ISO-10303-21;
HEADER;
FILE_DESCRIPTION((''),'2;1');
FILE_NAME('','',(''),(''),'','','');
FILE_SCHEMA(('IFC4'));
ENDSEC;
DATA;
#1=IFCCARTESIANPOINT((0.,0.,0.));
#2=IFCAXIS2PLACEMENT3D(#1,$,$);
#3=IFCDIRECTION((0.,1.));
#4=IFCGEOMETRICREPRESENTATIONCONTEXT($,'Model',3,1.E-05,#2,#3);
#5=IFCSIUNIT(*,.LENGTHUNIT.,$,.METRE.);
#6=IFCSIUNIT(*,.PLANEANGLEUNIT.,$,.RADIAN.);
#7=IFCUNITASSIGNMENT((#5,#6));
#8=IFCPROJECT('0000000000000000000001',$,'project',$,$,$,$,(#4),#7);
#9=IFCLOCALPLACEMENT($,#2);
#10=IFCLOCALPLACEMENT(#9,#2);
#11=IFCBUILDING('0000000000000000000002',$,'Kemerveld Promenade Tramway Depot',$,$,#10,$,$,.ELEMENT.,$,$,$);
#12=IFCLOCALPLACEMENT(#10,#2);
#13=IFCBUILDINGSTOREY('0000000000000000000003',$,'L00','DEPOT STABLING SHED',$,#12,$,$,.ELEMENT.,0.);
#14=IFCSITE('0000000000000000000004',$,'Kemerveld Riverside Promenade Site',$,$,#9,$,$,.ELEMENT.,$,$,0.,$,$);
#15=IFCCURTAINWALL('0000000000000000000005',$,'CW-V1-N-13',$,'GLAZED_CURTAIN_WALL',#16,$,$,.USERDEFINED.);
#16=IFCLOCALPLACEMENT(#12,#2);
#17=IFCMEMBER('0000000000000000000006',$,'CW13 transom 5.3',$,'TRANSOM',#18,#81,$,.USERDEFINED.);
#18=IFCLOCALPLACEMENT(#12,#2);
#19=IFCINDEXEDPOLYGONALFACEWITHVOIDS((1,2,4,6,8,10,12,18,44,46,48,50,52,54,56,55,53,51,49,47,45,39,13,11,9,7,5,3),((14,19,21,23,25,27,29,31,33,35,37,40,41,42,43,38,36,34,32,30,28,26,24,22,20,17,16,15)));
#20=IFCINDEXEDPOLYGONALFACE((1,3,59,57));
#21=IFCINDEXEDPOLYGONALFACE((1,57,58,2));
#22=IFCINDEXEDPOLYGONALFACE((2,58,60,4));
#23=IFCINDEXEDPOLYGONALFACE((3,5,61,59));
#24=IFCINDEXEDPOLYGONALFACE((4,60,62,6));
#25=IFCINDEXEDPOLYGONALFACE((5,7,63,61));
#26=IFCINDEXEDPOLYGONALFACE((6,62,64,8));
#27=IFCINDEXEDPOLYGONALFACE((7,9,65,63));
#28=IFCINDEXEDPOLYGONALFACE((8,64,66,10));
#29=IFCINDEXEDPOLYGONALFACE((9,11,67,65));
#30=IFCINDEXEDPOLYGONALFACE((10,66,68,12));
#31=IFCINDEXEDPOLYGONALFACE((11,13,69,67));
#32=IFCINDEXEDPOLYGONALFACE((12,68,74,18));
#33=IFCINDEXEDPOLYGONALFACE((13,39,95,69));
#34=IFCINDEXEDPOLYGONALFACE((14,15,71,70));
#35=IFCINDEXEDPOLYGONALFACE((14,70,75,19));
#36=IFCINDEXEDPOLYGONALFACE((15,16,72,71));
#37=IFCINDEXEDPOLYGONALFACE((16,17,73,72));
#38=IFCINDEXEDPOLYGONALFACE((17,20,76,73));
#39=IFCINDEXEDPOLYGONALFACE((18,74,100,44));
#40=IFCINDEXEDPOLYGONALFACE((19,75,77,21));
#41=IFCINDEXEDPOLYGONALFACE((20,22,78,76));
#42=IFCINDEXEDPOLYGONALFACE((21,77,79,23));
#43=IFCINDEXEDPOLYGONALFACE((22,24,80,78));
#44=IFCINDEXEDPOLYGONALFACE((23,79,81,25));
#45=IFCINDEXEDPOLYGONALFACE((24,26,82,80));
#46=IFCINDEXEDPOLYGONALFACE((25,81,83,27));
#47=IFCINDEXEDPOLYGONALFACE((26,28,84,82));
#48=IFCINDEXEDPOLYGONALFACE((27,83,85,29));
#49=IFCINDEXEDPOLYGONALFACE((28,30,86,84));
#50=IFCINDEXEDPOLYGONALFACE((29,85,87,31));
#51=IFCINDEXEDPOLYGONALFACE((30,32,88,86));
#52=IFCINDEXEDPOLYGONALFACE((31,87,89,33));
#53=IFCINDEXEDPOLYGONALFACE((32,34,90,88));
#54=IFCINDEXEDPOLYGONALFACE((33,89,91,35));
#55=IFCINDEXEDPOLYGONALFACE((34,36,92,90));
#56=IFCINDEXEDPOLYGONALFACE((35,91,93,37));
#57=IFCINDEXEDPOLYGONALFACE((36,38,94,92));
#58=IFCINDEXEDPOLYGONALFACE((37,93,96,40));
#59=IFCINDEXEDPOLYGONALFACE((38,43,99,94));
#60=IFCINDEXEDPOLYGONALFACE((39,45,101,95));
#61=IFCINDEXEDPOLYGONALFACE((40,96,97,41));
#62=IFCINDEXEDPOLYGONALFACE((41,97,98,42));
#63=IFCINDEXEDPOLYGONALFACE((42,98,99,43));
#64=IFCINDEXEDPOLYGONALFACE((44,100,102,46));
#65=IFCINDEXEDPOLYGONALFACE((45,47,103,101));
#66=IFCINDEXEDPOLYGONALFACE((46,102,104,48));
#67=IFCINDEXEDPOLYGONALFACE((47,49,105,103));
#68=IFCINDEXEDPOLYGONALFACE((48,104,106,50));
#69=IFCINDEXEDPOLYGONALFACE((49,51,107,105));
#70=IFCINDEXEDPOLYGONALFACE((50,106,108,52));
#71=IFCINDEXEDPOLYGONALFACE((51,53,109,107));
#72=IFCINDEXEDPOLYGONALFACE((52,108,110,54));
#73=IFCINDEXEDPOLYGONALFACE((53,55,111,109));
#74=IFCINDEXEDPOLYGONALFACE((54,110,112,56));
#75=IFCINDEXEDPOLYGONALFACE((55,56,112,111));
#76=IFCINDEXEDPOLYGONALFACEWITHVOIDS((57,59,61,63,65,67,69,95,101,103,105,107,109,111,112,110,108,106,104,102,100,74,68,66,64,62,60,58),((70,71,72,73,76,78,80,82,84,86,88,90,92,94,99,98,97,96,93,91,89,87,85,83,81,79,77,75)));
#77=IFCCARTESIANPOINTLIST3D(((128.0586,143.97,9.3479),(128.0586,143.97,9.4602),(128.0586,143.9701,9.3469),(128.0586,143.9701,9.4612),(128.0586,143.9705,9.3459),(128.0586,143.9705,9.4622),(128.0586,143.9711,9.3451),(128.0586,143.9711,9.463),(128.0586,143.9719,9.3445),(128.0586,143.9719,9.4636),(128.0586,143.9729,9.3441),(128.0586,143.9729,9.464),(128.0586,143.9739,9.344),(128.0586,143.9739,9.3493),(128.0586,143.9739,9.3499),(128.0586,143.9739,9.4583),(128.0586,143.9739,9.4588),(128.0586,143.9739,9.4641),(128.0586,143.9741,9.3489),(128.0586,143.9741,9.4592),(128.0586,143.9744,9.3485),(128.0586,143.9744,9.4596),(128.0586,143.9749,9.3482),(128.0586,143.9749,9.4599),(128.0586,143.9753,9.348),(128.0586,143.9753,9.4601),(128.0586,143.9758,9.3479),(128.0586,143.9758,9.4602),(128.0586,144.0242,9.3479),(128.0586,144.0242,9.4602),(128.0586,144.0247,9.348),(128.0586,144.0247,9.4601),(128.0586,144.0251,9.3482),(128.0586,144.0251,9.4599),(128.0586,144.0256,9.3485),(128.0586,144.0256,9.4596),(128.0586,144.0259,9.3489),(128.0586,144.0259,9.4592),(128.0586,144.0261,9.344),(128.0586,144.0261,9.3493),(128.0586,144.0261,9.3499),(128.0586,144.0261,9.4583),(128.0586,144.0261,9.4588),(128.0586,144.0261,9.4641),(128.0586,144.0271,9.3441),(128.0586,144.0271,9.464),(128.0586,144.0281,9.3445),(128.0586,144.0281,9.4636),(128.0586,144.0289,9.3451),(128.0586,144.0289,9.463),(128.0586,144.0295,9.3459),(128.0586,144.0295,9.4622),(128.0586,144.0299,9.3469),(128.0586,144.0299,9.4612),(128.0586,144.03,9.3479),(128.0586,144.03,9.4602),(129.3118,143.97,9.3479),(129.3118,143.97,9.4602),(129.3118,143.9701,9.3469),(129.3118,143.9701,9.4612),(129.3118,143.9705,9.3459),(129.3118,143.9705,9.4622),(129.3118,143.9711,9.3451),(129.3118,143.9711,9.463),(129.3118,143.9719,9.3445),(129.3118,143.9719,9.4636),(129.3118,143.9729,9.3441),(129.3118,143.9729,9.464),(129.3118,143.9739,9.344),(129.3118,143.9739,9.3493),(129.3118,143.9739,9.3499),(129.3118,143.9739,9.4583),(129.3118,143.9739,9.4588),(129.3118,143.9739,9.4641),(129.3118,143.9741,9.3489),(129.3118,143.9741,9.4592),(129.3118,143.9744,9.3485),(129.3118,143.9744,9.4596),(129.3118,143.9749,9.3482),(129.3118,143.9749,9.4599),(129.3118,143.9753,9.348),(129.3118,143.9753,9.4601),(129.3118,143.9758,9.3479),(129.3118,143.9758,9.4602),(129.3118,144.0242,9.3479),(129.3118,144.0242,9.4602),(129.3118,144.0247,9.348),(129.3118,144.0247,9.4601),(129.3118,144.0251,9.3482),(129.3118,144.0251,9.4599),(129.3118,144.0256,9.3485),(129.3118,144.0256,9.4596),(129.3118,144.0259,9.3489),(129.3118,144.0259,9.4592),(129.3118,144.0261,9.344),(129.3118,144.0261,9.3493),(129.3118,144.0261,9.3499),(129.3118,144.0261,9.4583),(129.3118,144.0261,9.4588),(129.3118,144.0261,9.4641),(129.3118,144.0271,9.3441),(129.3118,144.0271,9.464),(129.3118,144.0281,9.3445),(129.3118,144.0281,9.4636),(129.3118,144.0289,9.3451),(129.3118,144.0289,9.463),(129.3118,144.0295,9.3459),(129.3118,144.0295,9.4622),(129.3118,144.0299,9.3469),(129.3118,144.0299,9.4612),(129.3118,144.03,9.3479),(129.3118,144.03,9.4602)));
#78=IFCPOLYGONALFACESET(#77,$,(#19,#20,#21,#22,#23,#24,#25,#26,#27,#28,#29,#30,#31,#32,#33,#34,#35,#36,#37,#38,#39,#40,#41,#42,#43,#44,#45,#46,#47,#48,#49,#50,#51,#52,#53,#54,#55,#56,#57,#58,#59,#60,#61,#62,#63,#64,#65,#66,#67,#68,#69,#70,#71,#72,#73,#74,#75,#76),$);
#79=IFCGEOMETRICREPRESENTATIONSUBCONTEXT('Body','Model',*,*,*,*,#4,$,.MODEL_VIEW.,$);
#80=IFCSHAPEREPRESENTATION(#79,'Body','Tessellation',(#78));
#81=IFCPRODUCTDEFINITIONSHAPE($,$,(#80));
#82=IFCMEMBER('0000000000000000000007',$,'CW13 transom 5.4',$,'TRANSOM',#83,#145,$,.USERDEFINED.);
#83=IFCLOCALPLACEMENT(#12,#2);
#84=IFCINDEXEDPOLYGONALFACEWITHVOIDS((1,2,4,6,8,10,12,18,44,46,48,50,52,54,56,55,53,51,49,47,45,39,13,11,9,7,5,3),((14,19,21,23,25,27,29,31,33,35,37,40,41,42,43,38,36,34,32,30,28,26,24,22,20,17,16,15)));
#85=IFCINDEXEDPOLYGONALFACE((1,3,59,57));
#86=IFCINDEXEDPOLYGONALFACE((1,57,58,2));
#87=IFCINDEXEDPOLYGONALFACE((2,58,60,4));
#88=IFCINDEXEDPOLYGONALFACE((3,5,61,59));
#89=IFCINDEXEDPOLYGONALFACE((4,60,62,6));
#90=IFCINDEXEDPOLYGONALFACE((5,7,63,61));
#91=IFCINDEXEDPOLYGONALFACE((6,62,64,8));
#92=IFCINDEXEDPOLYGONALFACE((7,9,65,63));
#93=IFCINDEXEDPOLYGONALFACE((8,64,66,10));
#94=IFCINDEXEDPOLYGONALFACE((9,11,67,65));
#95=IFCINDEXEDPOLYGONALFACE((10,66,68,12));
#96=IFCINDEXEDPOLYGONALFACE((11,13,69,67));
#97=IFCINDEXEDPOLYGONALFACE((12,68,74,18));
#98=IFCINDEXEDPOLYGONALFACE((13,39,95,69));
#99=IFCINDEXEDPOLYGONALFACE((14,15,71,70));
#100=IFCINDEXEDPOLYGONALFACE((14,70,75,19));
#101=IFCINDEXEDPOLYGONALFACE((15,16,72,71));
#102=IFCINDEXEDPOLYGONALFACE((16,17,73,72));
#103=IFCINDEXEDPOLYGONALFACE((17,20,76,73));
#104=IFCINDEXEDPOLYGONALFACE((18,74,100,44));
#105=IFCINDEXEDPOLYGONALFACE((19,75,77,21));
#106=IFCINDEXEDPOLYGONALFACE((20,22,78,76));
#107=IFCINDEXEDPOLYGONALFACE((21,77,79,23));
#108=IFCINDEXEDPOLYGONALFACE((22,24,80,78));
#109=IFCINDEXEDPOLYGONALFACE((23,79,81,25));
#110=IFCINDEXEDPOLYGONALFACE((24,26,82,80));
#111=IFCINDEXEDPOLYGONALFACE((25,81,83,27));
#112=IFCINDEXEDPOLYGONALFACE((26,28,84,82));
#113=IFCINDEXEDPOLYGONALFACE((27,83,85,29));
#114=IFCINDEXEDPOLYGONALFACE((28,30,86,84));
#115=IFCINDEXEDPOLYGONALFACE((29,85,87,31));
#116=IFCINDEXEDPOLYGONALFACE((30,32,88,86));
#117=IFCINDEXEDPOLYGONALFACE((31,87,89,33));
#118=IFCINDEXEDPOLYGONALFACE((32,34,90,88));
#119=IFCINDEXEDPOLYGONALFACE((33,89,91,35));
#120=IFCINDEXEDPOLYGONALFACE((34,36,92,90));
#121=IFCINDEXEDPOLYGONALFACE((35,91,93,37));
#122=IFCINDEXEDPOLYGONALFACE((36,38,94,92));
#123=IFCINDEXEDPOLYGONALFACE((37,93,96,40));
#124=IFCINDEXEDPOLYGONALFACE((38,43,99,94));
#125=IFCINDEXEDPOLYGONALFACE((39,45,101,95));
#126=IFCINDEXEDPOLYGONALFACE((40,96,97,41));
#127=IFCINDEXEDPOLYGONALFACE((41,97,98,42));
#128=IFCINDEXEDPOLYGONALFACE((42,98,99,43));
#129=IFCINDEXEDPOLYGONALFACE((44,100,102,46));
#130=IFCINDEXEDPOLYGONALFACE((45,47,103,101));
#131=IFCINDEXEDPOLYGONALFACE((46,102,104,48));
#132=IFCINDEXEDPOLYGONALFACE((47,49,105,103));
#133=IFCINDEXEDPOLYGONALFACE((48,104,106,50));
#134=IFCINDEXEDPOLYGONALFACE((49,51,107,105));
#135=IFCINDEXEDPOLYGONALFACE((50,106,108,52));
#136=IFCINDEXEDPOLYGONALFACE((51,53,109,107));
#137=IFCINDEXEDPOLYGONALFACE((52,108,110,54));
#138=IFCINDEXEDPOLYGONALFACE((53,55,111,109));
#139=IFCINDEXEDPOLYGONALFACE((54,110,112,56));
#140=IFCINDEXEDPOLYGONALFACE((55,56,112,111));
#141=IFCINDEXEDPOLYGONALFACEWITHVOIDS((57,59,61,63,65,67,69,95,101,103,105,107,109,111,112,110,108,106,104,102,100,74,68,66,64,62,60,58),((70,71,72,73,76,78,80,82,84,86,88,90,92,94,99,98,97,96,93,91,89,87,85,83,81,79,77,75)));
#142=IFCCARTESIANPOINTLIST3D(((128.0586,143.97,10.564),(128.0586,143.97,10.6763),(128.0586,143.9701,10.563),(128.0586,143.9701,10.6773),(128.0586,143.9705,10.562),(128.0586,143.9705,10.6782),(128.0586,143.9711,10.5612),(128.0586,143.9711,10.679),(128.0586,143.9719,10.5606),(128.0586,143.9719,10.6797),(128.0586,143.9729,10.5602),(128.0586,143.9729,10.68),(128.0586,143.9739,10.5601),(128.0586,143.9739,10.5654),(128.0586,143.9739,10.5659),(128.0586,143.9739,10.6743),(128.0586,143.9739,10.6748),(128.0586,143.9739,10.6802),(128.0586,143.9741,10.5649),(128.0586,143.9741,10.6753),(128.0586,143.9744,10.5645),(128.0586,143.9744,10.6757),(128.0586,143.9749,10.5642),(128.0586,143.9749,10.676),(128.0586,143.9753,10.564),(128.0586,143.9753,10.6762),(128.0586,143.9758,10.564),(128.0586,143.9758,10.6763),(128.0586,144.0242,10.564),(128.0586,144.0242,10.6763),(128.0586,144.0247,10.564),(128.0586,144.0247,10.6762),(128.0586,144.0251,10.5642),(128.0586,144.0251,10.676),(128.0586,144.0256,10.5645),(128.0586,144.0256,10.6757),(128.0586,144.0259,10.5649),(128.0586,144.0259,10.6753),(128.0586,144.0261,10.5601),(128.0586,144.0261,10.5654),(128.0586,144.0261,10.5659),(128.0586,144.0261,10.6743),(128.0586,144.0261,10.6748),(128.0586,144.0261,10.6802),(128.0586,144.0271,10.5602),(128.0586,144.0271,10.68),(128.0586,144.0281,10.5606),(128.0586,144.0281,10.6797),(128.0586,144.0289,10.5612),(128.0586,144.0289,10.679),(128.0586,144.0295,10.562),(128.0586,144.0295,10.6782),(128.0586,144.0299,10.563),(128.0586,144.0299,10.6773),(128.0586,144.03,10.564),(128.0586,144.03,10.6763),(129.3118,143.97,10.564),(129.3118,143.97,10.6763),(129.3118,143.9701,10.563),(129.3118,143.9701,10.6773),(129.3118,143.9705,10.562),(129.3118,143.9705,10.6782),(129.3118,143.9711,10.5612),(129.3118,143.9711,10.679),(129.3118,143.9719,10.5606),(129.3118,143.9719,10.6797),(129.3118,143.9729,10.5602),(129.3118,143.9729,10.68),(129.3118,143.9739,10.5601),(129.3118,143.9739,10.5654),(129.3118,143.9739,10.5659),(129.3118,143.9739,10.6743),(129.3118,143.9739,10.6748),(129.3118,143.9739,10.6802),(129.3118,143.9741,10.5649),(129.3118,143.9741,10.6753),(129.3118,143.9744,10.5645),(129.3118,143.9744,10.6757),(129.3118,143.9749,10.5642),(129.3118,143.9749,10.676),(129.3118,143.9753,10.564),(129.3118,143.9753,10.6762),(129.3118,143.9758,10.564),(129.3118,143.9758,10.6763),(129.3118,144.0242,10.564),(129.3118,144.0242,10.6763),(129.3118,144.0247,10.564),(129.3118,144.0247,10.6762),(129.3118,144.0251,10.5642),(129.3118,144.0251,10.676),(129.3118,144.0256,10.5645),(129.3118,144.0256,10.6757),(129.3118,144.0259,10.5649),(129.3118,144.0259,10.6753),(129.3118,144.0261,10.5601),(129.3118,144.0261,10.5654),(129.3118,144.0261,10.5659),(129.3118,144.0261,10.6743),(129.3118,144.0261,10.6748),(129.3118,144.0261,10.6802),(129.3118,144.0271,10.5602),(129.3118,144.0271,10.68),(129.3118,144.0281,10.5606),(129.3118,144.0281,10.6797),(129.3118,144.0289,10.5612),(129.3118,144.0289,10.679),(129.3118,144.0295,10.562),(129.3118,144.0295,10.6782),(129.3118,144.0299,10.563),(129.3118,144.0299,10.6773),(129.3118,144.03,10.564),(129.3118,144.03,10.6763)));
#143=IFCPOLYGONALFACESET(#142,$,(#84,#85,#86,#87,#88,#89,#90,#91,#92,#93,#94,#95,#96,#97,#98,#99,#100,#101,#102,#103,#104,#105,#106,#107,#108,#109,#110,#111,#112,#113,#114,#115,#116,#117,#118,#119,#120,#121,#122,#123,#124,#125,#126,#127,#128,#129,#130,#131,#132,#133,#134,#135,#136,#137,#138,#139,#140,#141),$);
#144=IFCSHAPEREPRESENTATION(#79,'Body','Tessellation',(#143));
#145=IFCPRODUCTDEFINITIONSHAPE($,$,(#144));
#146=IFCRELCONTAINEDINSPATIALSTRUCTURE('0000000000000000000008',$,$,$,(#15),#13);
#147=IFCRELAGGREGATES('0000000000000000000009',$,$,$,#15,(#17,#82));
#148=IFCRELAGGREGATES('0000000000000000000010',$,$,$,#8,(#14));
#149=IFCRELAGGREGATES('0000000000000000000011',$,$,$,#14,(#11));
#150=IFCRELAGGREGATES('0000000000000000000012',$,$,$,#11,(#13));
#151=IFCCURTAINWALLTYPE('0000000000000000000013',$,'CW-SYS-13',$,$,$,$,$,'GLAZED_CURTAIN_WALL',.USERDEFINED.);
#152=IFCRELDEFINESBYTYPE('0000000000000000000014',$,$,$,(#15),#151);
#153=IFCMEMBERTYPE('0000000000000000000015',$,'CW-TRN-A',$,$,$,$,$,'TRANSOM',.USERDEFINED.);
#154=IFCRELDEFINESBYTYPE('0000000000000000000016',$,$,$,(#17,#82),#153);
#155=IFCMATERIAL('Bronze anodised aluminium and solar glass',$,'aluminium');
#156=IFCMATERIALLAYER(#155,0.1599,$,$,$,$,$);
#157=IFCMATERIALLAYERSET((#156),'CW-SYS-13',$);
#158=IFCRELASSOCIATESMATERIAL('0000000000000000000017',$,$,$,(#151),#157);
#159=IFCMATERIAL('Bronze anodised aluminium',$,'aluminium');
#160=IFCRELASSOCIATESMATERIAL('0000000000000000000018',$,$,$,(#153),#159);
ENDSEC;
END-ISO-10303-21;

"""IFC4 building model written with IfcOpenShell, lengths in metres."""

from ifc_helpers import new_model, si_unit, direction, frame, origin, origin_2d, place, context, subcontext, project, spatial, hollow_rectangle, extrude, material, layer, layer_set, material_profile, profile_set, type_object, element, aggregate, save


model = new_model("IFC4")

# Units and contexts
model_context = context("Model", 3, precision=1e-05, world=origin(), true_north=direction((0.0, 1.0)))
body_context = subcontext(model_context, "Body", "Model", "MODEL_VIEW")
ifc_project = project(units=[si_unit("LENGTHUNIT", "METRE"), si_unit("PLANEANGLEUNIT", "RADIAN")], contexts=[model_context])

# Site, building, storey
site_placement = place(None, origin())
site = spatial("IfcSite", under=ifc_project, at=site_placement, Name="Kemerveld Riverside Promenade Site", CompositionType="ELEMENT", RefElevation=0.0)
building_placement = place(site_placement, origin())
building = spatial("IfcBuilding", under=site, at=building_placement, Name="Kemerveld Promenade Tramway Depot", CompositionType="ELEMENT")
storey_placement = place(building_placement, origin())
storey = spatial("IfcBuildingStorey", under=building, at=storey_placement, Name="L00", Description="DEPOT STABLING SHED", CompositionType="ELEMENT", Elevation=0.0)

# Curtain wall, members
ifc_material_1 = material(Name="Bronze anodised aluminium and solar glass", Category="aluminium")
ifc_layer_1 = layer(ifc_material_1, 0.1599)
ifc_layer_set_1 = layer_set([ifc_layer_1], Name="CW-SYS-13")
curtain_wall_type_1 = type_object("IfcCurtainWallType", Name="CW-SYS-13", ElementType="GLAZED_CURTAIN_WALL", PredefinedType="USERDEFINED", material=ifc_layer_set_1)
curtain_wall_1_placement = place(storey_placement, origin())
curtain_wall_1 = element("IfcCurtainWall", 1, at=curtain_wall_1_placement, inside=storey, type_object=curtain_wall_type_1, Name="CW-V1-N-13", ObjectType="GLAZED_CURTAIN_WALL", PredefinedType="USERDEFINED")
ifc_material_2 = material(Name="Bronze anodised aluminium", Category="aluminium")
ifc_material_profile_1 = material_profile(ifc_material_2, hollow_rectangle(XDim=0.0601, YDim=0.1201, WallThickness=0.0039, InnerFilletRadius=0.002, OuterFilletRadius=0.0039, at=origin_2d()), Name="CW-TRN-120x60")
ifc_profile_set_1 = profile_set([ifc_material_profile_1], Name="Bronze anodised aluminium")
member_type_1 = type_object("IfcMemberType", Name="CW-TRN-A", ElementType="TRANSOM", PredefinedType="USERDEFINED", material=ifc_profile_set_1)
member_1_placement = place(storey_placement, frame((128.0586, 144.0, 9.4041), z_axis=(1.0, 0.0, 0.0), x_axis=(0.0, 1.0, 0.0)))
member_1 = element("IfcMember", 2, at=member_1_placement, type_object=member_type_1, Name="CW13 transom 5.3", ObjectType="TRANSOM", PredefinedType="USERDEFINED", context=body_context, shape_type="SweptSolid", body=[
    extrude(hollow_rectangle(XDim=0.0601, YDim=0.1201, WallThickness=0.0039, InnerFilletRadius=0.002, OuterFilletRadius=0.0039, at=origin_2d()), origin(), (0.0, 0.0, 1.0), 1.2532),
])
member_2_placement = place(storey_placement, frame((128.0586, 144.0, 10.6201), z_axis=(1.0, 0.0, 0.0), x_axis=(0.0, 1.0, 0.0)))
member_2 = element("IfcMember", 3, at=member_2_placement, type_object=member_type_1, Name="CW13 transom 5.4", ObjectType="TRANSOM", PredefinedType="USERDEFINED", context=body_context, shape_type="SweptSolid", body=[
    extrude(hollow_rectangle(XDim=0.0601, YDim=0.1201, WallThickness=0.0039, InnerFilletRadius=0.002, OuterFilletRadius=0.0039, at=origin_2d()), origin(), (0.0, 0.0, 1.0), 1.2532),
])

aggregate(curtain_wall_1, [member_1, member_2])

save(model, "model.ifc")
